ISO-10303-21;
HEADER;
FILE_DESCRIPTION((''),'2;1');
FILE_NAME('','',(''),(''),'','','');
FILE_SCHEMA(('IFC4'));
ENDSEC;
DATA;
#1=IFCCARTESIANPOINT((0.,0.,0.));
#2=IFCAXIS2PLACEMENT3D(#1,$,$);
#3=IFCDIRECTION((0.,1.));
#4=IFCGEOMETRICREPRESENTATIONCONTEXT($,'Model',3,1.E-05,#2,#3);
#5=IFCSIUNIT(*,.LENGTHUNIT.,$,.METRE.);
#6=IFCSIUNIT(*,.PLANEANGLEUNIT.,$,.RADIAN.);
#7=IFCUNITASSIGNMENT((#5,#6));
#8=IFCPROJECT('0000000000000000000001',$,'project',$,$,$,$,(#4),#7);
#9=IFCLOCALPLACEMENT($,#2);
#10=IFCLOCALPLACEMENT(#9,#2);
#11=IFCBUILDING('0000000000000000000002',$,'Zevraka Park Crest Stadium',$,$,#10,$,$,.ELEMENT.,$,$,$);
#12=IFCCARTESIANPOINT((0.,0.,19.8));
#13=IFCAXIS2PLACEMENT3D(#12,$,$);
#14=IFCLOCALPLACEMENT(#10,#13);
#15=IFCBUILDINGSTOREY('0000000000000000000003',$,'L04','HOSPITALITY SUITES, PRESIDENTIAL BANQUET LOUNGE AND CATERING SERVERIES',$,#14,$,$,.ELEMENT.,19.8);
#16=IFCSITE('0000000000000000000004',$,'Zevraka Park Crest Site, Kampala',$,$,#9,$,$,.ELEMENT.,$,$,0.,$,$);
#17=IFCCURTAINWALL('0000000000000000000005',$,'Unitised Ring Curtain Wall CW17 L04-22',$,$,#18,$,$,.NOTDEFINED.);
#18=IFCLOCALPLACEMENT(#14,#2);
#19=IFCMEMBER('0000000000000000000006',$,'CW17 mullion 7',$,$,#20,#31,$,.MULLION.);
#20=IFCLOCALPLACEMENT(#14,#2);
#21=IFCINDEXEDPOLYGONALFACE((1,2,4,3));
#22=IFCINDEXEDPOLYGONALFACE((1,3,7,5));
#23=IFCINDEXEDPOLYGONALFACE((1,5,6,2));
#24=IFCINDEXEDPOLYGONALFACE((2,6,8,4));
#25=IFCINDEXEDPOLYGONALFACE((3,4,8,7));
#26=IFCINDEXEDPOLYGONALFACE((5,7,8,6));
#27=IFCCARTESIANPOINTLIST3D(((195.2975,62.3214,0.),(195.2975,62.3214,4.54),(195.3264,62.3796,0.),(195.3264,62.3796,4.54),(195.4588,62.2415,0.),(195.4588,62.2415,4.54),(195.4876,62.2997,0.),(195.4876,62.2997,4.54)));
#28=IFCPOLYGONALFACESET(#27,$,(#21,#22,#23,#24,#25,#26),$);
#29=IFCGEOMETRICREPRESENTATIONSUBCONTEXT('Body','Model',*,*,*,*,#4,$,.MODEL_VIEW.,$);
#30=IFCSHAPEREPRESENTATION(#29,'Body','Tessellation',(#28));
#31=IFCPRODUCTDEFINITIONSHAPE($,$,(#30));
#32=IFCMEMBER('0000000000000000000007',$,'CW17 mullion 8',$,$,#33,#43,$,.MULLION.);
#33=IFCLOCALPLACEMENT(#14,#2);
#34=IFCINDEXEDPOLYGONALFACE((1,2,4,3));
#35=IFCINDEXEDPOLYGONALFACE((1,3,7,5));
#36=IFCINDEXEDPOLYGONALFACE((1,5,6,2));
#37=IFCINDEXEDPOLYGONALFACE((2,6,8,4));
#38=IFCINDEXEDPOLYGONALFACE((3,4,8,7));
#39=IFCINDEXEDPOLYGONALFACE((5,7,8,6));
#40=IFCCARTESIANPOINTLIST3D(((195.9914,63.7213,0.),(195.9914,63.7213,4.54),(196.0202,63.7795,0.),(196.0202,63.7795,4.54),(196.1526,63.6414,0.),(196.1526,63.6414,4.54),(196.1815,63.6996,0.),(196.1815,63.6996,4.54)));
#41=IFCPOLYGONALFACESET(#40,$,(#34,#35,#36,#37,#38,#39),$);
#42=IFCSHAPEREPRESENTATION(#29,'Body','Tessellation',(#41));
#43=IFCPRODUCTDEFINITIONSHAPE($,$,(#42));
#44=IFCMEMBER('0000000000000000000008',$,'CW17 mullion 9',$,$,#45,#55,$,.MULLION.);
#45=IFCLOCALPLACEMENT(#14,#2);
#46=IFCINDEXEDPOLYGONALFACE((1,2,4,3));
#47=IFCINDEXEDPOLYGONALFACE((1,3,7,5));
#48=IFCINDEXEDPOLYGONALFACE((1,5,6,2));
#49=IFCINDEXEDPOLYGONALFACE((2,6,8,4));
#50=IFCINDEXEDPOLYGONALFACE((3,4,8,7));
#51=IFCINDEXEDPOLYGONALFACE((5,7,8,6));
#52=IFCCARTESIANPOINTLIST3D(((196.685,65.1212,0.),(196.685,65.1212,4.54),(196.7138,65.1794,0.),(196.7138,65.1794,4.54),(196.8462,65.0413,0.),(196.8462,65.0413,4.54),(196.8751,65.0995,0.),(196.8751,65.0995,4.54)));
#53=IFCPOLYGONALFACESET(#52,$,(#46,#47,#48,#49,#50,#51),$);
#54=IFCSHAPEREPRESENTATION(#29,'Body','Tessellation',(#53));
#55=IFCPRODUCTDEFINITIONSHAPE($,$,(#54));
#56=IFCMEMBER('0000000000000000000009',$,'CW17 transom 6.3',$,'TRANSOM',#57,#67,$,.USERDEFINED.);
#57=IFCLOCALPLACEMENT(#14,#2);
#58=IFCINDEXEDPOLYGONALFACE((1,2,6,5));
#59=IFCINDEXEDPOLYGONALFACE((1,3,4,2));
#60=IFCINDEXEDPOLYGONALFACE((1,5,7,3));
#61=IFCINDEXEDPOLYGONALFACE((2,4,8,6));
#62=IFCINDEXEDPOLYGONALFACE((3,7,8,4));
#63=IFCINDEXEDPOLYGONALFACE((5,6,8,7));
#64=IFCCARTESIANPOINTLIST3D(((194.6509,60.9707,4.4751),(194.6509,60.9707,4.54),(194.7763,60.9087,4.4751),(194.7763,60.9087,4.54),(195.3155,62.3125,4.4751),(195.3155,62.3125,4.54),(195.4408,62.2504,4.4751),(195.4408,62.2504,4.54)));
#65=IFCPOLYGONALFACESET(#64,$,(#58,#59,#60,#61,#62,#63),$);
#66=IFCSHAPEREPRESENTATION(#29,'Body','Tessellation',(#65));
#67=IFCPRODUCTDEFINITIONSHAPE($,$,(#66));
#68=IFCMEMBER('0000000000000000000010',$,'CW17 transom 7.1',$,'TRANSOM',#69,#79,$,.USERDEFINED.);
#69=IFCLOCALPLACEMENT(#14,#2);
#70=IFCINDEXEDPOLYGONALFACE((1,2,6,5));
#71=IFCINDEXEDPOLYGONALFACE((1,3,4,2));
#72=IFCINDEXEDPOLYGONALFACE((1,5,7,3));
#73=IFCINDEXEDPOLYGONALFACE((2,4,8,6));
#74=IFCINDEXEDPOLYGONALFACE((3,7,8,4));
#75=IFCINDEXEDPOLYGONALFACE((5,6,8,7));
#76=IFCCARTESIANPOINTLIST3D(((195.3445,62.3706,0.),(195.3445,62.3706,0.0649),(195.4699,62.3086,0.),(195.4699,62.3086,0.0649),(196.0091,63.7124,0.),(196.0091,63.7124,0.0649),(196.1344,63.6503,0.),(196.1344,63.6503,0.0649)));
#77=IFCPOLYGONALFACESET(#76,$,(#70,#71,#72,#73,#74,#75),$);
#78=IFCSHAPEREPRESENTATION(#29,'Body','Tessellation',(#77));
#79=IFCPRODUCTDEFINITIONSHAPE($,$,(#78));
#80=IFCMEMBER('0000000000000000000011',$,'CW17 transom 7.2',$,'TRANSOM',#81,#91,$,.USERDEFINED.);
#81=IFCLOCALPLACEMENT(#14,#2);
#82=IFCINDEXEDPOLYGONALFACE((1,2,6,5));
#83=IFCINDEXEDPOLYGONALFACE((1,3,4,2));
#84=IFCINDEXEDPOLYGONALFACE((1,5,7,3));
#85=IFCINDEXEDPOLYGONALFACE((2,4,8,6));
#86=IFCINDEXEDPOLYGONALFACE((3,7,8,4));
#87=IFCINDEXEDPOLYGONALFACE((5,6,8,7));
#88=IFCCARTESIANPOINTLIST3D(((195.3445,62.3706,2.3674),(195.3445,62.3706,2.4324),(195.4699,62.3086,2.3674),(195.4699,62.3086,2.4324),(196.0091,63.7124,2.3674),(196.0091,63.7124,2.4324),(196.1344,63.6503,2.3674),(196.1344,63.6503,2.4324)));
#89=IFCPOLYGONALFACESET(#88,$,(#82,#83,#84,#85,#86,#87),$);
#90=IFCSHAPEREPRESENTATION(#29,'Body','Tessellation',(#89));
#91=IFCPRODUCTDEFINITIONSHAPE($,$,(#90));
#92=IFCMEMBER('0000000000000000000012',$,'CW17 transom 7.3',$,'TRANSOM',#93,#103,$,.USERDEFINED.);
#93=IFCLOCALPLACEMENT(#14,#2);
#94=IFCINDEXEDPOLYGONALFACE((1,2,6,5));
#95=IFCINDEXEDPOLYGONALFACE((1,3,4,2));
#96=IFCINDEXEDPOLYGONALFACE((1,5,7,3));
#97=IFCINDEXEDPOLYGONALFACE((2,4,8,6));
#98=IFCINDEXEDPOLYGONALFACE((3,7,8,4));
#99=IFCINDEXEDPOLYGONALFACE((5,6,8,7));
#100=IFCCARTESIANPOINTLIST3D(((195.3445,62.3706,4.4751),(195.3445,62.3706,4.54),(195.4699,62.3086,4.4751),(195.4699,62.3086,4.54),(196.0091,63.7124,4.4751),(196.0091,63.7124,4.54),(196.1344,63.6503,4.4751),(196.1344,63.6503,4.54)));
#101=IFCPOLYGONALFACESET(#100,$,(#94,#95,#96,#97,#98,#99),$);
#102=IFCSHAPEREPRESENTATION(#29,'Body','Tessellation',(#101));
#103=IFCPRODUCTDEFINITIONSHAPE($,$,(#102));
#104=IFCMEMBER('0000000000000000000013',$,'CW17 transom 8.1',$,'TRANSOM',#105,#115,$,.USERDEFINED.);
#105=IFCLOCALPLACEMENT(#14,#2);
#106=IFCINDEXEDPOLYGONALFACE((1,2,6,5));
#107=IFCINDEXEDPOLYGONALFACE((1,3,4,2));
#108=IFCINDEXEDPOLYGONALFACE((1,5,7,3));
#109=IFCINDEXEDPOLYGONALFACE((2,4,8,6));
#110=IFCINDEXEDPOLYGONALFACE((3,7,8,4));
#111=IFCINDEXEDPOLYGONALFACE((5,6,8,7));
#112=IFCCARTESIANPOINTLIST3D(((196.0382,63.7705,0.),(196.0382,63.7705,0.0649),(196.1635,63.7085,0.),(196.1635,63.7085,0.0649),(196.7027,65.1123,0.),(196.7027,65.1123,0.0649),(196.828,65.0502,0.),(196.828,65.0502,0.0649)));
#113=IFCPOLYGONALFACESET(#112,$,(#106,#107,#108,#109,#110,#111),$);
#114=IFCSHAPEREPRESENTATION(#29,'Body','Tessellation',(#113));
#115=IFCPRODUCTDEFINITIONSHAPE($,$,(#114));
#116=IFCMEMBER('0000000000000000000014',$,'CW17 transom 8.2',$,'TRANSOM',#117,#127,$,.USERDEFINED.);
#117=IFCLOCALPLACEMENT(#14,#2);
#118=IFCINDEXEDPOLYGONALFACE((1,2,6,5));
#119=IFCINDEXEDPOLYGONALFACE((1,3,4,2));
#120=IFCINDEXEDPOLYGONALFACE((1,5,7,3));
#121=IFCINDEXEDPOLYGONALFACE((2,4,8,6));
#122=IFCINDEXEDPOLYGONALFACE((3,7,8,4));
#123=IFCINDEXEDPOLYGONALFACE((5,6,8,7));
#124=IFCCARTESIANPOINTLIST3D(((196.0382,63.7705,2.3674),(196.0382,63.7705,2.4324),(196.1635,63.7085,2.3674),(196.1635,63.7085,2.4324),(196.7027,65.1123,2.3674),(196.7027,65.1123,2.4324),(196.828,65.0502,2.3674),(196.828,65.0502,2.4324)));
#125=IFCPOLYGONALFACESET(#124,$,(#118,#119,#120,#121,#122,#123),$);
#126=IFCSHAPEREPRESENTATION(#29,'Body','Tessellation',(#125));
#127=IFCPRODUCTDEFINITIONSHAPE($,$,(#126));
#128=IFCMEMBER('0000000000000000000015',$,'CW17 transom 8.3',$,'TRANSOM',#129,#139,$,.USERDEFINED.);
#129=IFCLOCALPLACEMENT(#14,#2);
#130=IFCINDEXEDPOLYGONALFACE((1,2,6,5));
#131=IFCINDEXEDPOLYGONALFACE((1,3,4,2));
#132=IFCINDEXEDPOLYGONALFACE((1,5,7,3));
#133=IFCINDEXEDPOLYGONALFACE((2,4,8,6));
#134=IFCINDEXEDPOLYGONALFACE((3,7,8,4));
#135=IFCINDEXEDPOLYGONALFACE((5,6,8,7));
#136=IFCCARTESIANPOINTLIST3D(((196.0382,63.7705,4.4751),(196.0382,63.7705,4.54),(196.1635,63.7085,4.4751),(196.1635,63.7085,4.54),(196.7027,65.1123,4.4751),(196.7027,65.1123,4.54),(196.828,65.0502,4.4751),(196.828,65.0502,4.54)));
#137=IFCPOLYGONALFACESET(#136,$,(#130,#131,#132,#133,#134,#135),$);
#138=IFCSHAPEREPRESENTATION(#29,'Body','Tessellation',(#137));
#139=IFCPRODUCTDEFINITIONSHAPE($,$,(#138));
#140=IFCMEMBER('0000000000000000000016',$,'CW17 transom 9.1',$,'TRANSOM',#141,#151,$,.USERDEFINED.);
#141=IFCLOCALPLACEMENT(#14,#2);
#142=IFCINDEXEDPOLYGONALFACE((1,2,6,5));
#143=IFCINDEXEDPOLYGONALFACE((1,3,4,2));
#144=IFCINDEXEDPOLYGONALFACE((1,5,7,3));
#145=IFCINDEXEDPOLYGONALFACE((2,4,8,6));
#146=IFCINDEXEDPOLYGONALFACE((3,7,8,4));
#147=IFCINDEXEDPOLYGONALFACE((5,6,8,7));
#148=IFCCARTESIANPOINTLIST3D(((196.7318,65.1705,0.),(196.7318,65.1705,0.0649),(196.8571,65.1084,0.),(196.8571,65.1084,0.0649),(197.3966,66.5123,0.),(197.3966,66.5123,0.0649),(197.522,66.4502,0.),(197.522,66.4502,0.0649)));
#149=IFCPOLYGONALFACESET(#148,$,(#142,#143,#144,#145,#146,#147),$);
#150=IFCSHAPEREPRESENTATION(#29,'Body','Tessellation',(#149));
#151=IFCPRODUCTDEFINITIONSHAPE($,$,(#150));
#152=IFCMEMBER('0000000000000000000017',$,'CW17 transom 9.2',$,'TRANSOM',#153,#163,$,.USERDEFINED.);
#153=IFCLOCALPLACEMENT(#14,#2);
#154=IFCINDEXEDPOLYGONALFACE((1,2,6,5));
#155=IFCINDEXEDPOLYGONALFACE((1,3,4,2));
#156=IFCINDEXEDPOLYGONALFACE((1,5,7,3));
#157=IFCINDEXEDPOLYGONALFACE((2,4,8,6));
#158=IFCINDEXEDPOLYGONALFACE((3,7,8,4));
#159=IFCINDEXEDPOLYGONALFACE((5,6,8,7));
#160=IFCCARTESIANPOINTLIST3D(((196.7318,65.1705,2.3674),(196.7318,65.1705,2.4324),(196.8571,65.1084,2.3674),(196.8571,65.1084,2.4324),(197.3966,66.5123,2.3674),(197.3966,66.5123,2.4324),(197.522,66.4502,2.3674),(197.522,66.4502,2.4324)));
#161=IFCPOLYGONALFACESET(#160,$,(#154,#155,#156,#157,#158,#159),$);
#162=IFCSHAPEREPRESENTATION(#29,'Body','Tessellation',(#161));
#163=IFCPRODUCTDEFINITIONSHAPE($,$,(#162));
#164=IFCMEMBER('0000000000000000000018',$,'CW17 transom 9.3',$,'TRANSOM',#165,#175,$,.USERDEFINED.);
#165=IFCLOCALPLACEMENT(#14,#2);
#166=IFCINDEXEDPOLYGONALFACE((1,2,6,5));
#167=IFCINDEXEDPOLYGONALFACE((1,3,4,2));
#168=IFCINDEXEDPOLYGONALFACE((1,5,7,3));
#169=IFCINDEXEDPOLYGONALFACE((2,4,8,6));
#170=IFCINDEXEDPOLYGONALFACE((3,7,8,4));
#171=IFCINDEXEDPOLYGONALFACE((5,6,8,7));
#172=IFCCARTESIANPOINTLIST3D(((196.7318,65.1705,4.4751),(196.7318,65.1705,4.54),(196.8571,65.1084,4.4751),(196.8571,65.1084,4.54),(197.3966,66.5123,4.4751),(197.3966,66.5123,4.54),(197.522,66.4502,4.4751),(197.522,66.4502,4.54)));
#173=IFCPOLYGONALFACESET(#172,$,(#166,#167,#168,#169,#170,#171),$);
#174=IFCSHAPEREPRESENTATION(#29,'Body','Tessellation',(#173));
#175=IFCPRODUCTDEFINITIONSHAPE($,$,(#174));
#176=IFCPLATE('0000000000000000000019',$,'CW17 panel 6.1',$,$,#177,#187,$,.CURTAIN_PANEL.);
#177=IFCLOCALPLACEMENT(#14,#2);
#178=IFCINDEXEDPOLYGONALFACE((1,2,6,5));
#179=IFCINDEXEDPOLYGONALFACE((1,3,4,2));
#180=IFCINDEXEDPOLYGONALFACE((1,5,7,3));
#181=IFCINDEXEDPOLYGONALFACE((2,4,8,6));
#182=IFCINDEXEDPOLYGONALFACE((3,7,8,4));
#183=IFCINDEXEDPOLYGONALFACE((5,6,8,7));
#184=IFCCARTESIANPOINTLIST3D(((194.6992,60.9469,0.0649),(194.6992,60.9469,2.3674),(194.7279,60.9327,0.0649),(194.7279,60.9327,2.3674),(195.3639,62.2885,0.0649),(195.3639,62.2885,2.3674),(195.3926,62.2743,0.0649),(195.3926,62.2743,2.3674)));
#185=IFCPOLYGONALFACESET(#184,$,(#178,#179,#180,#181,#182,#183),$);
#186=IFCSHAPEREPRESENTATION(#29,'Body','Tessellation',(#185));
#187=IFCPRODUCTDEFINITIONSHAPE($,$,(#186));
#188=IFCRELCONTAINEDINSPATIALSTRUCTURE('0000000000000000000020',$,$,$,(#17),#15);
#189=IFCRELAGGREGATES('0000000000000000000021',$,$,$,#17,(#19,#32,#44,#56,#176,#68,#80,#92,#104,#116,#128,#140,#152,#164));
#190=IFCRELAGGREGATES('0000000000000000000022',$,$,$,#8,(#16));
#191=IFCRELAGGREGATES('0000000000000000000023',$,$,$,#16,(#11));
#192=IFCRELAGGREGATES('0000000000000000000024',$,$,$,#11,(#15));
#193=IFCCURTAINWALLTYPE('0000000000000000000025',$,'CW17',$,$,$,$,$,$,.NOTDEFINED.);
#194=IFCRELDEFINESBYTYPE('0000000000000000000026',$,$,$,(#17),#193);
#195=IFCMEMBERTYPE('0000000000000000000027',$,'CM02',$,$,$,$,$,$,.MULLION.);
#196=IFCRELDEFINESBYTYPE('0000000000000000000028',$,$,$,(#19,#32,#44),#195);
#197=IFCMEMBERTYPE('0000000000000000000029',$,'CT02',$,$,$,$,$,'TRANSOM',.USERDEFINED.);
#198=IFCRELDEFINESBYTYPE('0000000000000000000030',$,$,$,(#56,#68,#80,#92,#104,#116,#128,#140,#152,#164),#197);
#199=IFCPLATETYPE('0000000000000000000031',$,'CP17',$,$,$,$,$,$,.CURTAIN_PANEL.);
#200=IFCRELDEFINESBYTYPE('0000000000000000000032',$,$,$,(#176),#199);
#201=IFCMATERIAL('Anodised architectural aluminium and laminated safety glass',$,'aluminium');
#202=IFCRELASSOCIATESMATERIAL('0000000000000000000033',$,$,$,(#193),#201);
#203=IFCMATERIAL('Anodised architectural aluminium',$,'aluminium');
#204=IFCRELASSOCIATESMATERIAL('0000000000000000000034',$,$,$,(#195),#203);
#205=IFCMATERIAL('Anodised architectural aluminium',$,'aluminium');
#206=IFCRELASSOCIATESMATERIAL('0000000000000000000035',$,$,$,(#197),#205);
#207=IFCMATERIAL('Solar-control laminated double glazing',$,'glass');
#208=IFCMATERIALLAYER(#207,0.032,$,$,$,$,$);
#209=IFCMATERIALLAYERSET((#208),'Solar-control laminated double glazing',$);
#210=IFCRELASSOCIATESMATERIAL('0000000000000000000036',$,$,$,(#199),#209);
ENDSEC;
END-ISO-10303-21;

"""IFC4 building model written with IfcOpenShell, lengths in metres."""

from ifc_helpers import new_model, si_unit, direction, frame, origin, origin_2d, place, context, subcontext, project, spatial, rectangle, extrude, material, layer, layer_set, material_profile, profile_set, type_object, element, aggregate, save


model = new_model("IFC4")

# Units and contexts
model_context = context("Model", 3, precision=1e-05, world=origin(), true_north=direction((0.0, 1.0)))
body_context = subcontext(model_context, "Body", "Model", "MODEL_VIEW")
ifc_project = project(units=[si_unit("LENGTHUNIT", "METRE"), si_unit("PLANEANGLEUNIT", "RADIAN")], contexts=[model_context])

# Site, building, storey
site_placement = place(None, origin())
site = spatial("IfcSite", under=ifc_project, at=site_placement, Name="Zevraka Park Crest Site, Kampala", CompositionType="ELEMENT", RefElevation=0.0)
building_placement = place(site_placement, origin())
building = spatial("IfcBuilding", under=site, at=building_placement, Name="Zevraka Park Crest Stadium", CompositionType="ELEMENT")
storey_placement = place(building_placement, frame((0.0, 0.0, 19.8)))
storey = spatial("IfcBuildingStorey", under=building, at=storey_placement, Name="L04", Description="HOSPITALITY SUITES, PRESIDENTIAL BANQUET LOUNGE AND CATERING SERVERIES", CompositionType="ELEMENT", Elevation=19.8)

# Curtain wall, members, plate
ifc_material_1 = material(Name="Anodised architectural aluminium and laminated safety glass", Category="aluminium")
curtain_wall_type = type_object("IfcCurtainWallType", Name="CW17", PredefinedType="NOTDEFINED", material=ifc_material_1)
curtain_wall_placement = place(storey_placement, origin())
curtain_wall = element("IfcCurtainWall", 1, at=curtain_wall_placement, inside=storey, type_object=curtain_wall_type, Name="Unitised Ring Curtain Wall CW17 L04-22", PredefinedType="NOTDEFINED")
ifc_material_2 = material(Name="Anodised architectural aluminium", Category="aluminium")
ifc_material_profile_1 = material_profile(ifc_material_2, rectangle(XDim=0.1799, YDim=0.0649, at=origin_2d()), Name="ALU MULLION 180x65")
ifc_profile_set_1 = profile_set([ifc_material_profile_1], Name="Anodised architectural aluminium")
member_type_1 = type_object("IfcMemberType", Name="CM02", PredefinedType="MULLION", material=ifc_profile_set_1)
member_1_placement = place(storey_placement, frame((195.3926, 62.3105, 0.0), z_axis=(0.0, 0.0, 1.0), x_axis=(-0.896046, 0.443961, 0.0)))
member_1 = element("IfcMember", 2, at=member_1_placement, type_object=member_type_1, Name="CW17 mullion 7", PredefinedType="MULLION", context=body_context, shape_type="SweptSolid", body=[
    extrude(rectangle(XDim=0.1799, YDim=0.0649, at=origin_2d()), origin(), (0.0, 0.0, 1.0), 4.54),
])
member_2_placement = place(storey_placement, frame((196.0864, 63.7104, 0.0), z_axis=(0.0, 0.0, 1.0), x_axis=(-0.896046, 0.443961, 0.0)))
member_2 = element("IfcMember", 3, at=member_2_placement, type_object=member_type_1, Name="CW17 mullion 8", PredefinedType="MULLION", context=body_context, shape_type="SweptSolid", body=[
    extrude(rectangle(XDim=0.1799, YDim=0.0649, at=origin_2d()), origin(), (0.0, 0.0, 1.0), 4.54),
])
member_3_placement = place(storey_placement, frame((196.78, 65.1104, 0.0), z_axis=(0.0, 0.0, 1.0), x_axis=(-0.896046, 0.443961, 0.0)))
member_3 = element("IfcMember", 4, at=member_3_placement, type_object=member_type_1, Name="CW17 mullion 9", PredefinedType="MULLION", context=body_context, shape_type="SweptSolid", body=[
    extrude(rectangle(XDim=0.1799, YDim=0.0649, at=origin_2d()), origin(), (0.0, 0.0, 1.0), 4.54),
])
ifc_material_3 = material(Name="Anodised architectural aluminium", Category="aluminium")
ifc_material_profile_2 = material_profile(ifc_material_3, rectangle(XDim=0.1399, YDim=0.0649, at=origin_2d()), Name="ALU TRANSOM 140x65")
ifc_profile_set_2 = profile_set([ifc_material_profile_2], Name="Anodised architectural aluminium")
member_type_2 = type_object("IfcMemberType", Name="CT02", ElementType="TRANSOM", PredefinedType="USERDEFINED", material=ifc_profile_set_2)
member_4_placement = place(storey_placement, frame((194.7136, 60.9397, 4.5076), z_axis=(0.443819, 0.896116, 0.0), x_axis=(-0.896116, 0.443819, 0.0)))
member_4 = element("IfcMember", 5, at=member_4_placement, type_object=member_type_2, Name="CW17 transom 6.3", ObjectType="TRANSOM", PredefinedType="USERDEFINED", context=body_context, shape_type="SweptSolid", body=[
    extrude(rectangle(XDim=0.1399, YDim=0.0649, at=origin_2d()), origin(), (0.0, 0.0, 1.0), 1.4973),
])
member_5_placement = place(storey_placement, frame((195.4072, 62.3396, 0.0325), z_axis=(0.443819, 0.896116, 0.0), x_axis=(-0.896116, 0.443819, 0.0)))
member_5 = element("IfcMember", 6, at=member_5_placement, type_object=member_type_2, Name="CW17 transom 7.1", ObjectType="TRANSOM", PredefinedType="USERDEFINED", context=body_context, shape_type="SweptSolid", body=[
    extrude(rectangle(XDim=0.1399, YDim=0.0649, at=origin_2d()), origin(), (0.0, 0.0, 1.0), 1.4973),
])
member_6_placement = place(storey_placement, frame((195.4072, 62.3396, 2.3999), z_axis=(0.443819, 0.896116, 0.0), x_axis=(-0.896116, 0.443819, 0.0)))
member_6 = element("IfcMember", 7, at=member_6_placement, type_object=member_type_2, Name="CW17 transom 7.2", ObjectType="TRANSOM", PredefinedType="USERDEFINED", context=body_context, shape_type="SweptSolid", body=[
    extrude(rectangle(XDim=0.1399, YDim=0.0649, at=origin_2d()), origin(), (0.0, 0.0, 1.0), 1.4973),
])
member_7_placement = place(storey_placement, frame((195.4072, 62.3396, 4.5076), z_axis=(0.443819, 0.896116, 0.0), x_axis=(-0.896116, 0.443819, 0.0)))
member_7 = element("IfcMember", 8, at=member_7_placement, type_object=member_type_2, Name="CW17 transom 7.3", ObjectType="TRANSOM", PredefinedType="USERDEFINED", context=body_context, shape_type="SweptSolid", body=[
    extrude(rectangle(XDim=0.1399, YDim=0.0649, at=origin_2d()), origin(), (0.0, 0.0, 1.0), 1.4973),
])
member_8_placement = place(storey_placement, frame((196.1008, 63.7395, 0.0325), z_axis=(0.443819, 0.896116, 0.0), x_axis=(-0.896116, 0.443819, 0.0)))
member_8 = element("IfcMember", 9, at=member_8_placement, type_object=member_type_2, Name="CW17 transom 8.1", ObjectType="TRANSOM", PredefinedType="USERDEFINED", context=body_context, shape_type="SweptSolid", body=[
    extrude(rectangle(XDim=0.1399, YDim=0.0649, at=origin_2d()), origin(), (0.0, 0.0, 1.0), 1.4973),
])
member_9_placement = place(storey_placement, frame((196.1008, 63.7395, 2.3999), z_axis=(0.443819, 0.896116, 0.0), x_axis=(-0.896116, 0.443819, 0.0)))
member_9 = element("IfcMember", 10, at=member_9_placement, type_object=member_type_2, Name="CW17 transom 8.2", ObjectType="TRANSOM", PredefinedType="USERDEFINED", context=body_context, shape_type="SweptSolid", body=[
    extrude(rectangle(XDim=0.1399, YDim=0.0649, at=origin_2d()), origin(), (0.0, 0.0, 1.0), 1.4973),
])
member_10_placement = place(storey_placement, frame((196.1008, 63.7395, 4.5076), z_axis=(0.443819, 0.896116, 0.0), x_axis=(-0.896116, 0.443819, 0.0)))
member_10 = element("IfcMember", 11, at=member_10_placement, type_object=member_type_2, Name="CW17 transom 8.3", ObjectType="TRANSOM", PredefinedType="USERDEFINED", context=body_context, shape_type="SweptSolid", body=[
    extrude(rectangle(XDim=0.1399, YDim=0.0649, at=origin_2d()), origin(), (0.0, 0.0, 1.0), 1.4973),
])
member_11_placement = place(storey_placement, frame((196.7944, 65.1394, 0.0325), z_axis=(0.44395, 0.896052, 0.0), x_axis=(-0.896052, 0.44395, 0.0)))
member_11 = element("IfcMember", 12, at=member_11_placement, type_object=member_type_2, Name="CW17 transom 9.1", ObjectType="TRANSOM", PredefinedType="USERDEFINED", context=body_context, shape_type="SweptSolid", body=[
    extrude(rectangle(XDim=0.1399, YDim=0.0649, at=origin_2d()), origin(), (0.0, 0.0, 1.0), 1.4976),
])
member_12_placement = place(storey_placement, frame((196.7944, 65.1394, 2.3999), z_axis=(0.44395, 0.896052, 0.0), x_axis=(-0.896052, 0.44395, 0.0)))
member_12 = element("IfcMember", 13, at=member_12_placement, type_object=member_type_2, Name="CW17 transom 9.2", ObjectType="TRANSOM", PredefinedType="USERDEFINED", context=body_context, shape_type="SweptSolid", body=[
    extrude(rectangle(XDim=0.1399, YDim=0.0649, at=origin_2d()), origin(), (0.0, 0.0, 1.0), 1.4976),
])
member_13_placement = place(storey_placement, frame((196.7944, 65.1394, 4.5076), z_axis=(0.44395, 0.896052, 0.0), x_axis=(-0.896052, 0.44395, 0.0)))
member_13 = element("IfcMember", 14, at=member_13_placement, type_object=member_type_2, Name="CW17 transom 9.3", ObjectType="TRANSOM", PredefinedType="USERDEFINED", context=body_context, shape_type="SweptSolid", body=[
    extrude(rectangle(XDim=0.1399, YDim=0.0649, at=origin_2d()), origin(), (0.0, 0.0, 1.0), 1.4976),
])
ifc_material_4 = material(Name="Solar-control laminated double glazing", Category="glass")
ifc_layer_1 = layer(ifc_material_4, 0.032)
ifc_layer_set_1 = layer_set([ifc_layer_1], Name="Solar-control laminated double glazing")
plate_type = type_object("IfcPlateType", Name="CP17", PredefinedType="CURTAIN_PANEL", material=ifc_layer_set_1)
plate_1_placement = place(storey_placement, frame((195.0459, 61.6106, 0.0649), z_axis=(0.0, 0.0, 1.0), x_axis=(0.443961, 0.896046, 0.0)))
plate_1 = element("IfcPlate", 15, at=plate_1_placement, type_object=plate_type, Name="CW17 panel 6.1", PredefinedType="CURTAIN_PANEL", context=body_context, shape_type="SweptSolid", body=[
    extrude(rectangle(XDim=1.4973, YDim=0.032, at=origin_2d()), origin(), (0.0, 0.0, 1.0), 2.3025),
])
aggregate(curtain_wall, [member_1, member_2, member_3, member_4, plate_1, member_5, member_6, member_7, member_8, member_9, member_10, member_11, member_12, member_13])

save(model, "model.ifc")
